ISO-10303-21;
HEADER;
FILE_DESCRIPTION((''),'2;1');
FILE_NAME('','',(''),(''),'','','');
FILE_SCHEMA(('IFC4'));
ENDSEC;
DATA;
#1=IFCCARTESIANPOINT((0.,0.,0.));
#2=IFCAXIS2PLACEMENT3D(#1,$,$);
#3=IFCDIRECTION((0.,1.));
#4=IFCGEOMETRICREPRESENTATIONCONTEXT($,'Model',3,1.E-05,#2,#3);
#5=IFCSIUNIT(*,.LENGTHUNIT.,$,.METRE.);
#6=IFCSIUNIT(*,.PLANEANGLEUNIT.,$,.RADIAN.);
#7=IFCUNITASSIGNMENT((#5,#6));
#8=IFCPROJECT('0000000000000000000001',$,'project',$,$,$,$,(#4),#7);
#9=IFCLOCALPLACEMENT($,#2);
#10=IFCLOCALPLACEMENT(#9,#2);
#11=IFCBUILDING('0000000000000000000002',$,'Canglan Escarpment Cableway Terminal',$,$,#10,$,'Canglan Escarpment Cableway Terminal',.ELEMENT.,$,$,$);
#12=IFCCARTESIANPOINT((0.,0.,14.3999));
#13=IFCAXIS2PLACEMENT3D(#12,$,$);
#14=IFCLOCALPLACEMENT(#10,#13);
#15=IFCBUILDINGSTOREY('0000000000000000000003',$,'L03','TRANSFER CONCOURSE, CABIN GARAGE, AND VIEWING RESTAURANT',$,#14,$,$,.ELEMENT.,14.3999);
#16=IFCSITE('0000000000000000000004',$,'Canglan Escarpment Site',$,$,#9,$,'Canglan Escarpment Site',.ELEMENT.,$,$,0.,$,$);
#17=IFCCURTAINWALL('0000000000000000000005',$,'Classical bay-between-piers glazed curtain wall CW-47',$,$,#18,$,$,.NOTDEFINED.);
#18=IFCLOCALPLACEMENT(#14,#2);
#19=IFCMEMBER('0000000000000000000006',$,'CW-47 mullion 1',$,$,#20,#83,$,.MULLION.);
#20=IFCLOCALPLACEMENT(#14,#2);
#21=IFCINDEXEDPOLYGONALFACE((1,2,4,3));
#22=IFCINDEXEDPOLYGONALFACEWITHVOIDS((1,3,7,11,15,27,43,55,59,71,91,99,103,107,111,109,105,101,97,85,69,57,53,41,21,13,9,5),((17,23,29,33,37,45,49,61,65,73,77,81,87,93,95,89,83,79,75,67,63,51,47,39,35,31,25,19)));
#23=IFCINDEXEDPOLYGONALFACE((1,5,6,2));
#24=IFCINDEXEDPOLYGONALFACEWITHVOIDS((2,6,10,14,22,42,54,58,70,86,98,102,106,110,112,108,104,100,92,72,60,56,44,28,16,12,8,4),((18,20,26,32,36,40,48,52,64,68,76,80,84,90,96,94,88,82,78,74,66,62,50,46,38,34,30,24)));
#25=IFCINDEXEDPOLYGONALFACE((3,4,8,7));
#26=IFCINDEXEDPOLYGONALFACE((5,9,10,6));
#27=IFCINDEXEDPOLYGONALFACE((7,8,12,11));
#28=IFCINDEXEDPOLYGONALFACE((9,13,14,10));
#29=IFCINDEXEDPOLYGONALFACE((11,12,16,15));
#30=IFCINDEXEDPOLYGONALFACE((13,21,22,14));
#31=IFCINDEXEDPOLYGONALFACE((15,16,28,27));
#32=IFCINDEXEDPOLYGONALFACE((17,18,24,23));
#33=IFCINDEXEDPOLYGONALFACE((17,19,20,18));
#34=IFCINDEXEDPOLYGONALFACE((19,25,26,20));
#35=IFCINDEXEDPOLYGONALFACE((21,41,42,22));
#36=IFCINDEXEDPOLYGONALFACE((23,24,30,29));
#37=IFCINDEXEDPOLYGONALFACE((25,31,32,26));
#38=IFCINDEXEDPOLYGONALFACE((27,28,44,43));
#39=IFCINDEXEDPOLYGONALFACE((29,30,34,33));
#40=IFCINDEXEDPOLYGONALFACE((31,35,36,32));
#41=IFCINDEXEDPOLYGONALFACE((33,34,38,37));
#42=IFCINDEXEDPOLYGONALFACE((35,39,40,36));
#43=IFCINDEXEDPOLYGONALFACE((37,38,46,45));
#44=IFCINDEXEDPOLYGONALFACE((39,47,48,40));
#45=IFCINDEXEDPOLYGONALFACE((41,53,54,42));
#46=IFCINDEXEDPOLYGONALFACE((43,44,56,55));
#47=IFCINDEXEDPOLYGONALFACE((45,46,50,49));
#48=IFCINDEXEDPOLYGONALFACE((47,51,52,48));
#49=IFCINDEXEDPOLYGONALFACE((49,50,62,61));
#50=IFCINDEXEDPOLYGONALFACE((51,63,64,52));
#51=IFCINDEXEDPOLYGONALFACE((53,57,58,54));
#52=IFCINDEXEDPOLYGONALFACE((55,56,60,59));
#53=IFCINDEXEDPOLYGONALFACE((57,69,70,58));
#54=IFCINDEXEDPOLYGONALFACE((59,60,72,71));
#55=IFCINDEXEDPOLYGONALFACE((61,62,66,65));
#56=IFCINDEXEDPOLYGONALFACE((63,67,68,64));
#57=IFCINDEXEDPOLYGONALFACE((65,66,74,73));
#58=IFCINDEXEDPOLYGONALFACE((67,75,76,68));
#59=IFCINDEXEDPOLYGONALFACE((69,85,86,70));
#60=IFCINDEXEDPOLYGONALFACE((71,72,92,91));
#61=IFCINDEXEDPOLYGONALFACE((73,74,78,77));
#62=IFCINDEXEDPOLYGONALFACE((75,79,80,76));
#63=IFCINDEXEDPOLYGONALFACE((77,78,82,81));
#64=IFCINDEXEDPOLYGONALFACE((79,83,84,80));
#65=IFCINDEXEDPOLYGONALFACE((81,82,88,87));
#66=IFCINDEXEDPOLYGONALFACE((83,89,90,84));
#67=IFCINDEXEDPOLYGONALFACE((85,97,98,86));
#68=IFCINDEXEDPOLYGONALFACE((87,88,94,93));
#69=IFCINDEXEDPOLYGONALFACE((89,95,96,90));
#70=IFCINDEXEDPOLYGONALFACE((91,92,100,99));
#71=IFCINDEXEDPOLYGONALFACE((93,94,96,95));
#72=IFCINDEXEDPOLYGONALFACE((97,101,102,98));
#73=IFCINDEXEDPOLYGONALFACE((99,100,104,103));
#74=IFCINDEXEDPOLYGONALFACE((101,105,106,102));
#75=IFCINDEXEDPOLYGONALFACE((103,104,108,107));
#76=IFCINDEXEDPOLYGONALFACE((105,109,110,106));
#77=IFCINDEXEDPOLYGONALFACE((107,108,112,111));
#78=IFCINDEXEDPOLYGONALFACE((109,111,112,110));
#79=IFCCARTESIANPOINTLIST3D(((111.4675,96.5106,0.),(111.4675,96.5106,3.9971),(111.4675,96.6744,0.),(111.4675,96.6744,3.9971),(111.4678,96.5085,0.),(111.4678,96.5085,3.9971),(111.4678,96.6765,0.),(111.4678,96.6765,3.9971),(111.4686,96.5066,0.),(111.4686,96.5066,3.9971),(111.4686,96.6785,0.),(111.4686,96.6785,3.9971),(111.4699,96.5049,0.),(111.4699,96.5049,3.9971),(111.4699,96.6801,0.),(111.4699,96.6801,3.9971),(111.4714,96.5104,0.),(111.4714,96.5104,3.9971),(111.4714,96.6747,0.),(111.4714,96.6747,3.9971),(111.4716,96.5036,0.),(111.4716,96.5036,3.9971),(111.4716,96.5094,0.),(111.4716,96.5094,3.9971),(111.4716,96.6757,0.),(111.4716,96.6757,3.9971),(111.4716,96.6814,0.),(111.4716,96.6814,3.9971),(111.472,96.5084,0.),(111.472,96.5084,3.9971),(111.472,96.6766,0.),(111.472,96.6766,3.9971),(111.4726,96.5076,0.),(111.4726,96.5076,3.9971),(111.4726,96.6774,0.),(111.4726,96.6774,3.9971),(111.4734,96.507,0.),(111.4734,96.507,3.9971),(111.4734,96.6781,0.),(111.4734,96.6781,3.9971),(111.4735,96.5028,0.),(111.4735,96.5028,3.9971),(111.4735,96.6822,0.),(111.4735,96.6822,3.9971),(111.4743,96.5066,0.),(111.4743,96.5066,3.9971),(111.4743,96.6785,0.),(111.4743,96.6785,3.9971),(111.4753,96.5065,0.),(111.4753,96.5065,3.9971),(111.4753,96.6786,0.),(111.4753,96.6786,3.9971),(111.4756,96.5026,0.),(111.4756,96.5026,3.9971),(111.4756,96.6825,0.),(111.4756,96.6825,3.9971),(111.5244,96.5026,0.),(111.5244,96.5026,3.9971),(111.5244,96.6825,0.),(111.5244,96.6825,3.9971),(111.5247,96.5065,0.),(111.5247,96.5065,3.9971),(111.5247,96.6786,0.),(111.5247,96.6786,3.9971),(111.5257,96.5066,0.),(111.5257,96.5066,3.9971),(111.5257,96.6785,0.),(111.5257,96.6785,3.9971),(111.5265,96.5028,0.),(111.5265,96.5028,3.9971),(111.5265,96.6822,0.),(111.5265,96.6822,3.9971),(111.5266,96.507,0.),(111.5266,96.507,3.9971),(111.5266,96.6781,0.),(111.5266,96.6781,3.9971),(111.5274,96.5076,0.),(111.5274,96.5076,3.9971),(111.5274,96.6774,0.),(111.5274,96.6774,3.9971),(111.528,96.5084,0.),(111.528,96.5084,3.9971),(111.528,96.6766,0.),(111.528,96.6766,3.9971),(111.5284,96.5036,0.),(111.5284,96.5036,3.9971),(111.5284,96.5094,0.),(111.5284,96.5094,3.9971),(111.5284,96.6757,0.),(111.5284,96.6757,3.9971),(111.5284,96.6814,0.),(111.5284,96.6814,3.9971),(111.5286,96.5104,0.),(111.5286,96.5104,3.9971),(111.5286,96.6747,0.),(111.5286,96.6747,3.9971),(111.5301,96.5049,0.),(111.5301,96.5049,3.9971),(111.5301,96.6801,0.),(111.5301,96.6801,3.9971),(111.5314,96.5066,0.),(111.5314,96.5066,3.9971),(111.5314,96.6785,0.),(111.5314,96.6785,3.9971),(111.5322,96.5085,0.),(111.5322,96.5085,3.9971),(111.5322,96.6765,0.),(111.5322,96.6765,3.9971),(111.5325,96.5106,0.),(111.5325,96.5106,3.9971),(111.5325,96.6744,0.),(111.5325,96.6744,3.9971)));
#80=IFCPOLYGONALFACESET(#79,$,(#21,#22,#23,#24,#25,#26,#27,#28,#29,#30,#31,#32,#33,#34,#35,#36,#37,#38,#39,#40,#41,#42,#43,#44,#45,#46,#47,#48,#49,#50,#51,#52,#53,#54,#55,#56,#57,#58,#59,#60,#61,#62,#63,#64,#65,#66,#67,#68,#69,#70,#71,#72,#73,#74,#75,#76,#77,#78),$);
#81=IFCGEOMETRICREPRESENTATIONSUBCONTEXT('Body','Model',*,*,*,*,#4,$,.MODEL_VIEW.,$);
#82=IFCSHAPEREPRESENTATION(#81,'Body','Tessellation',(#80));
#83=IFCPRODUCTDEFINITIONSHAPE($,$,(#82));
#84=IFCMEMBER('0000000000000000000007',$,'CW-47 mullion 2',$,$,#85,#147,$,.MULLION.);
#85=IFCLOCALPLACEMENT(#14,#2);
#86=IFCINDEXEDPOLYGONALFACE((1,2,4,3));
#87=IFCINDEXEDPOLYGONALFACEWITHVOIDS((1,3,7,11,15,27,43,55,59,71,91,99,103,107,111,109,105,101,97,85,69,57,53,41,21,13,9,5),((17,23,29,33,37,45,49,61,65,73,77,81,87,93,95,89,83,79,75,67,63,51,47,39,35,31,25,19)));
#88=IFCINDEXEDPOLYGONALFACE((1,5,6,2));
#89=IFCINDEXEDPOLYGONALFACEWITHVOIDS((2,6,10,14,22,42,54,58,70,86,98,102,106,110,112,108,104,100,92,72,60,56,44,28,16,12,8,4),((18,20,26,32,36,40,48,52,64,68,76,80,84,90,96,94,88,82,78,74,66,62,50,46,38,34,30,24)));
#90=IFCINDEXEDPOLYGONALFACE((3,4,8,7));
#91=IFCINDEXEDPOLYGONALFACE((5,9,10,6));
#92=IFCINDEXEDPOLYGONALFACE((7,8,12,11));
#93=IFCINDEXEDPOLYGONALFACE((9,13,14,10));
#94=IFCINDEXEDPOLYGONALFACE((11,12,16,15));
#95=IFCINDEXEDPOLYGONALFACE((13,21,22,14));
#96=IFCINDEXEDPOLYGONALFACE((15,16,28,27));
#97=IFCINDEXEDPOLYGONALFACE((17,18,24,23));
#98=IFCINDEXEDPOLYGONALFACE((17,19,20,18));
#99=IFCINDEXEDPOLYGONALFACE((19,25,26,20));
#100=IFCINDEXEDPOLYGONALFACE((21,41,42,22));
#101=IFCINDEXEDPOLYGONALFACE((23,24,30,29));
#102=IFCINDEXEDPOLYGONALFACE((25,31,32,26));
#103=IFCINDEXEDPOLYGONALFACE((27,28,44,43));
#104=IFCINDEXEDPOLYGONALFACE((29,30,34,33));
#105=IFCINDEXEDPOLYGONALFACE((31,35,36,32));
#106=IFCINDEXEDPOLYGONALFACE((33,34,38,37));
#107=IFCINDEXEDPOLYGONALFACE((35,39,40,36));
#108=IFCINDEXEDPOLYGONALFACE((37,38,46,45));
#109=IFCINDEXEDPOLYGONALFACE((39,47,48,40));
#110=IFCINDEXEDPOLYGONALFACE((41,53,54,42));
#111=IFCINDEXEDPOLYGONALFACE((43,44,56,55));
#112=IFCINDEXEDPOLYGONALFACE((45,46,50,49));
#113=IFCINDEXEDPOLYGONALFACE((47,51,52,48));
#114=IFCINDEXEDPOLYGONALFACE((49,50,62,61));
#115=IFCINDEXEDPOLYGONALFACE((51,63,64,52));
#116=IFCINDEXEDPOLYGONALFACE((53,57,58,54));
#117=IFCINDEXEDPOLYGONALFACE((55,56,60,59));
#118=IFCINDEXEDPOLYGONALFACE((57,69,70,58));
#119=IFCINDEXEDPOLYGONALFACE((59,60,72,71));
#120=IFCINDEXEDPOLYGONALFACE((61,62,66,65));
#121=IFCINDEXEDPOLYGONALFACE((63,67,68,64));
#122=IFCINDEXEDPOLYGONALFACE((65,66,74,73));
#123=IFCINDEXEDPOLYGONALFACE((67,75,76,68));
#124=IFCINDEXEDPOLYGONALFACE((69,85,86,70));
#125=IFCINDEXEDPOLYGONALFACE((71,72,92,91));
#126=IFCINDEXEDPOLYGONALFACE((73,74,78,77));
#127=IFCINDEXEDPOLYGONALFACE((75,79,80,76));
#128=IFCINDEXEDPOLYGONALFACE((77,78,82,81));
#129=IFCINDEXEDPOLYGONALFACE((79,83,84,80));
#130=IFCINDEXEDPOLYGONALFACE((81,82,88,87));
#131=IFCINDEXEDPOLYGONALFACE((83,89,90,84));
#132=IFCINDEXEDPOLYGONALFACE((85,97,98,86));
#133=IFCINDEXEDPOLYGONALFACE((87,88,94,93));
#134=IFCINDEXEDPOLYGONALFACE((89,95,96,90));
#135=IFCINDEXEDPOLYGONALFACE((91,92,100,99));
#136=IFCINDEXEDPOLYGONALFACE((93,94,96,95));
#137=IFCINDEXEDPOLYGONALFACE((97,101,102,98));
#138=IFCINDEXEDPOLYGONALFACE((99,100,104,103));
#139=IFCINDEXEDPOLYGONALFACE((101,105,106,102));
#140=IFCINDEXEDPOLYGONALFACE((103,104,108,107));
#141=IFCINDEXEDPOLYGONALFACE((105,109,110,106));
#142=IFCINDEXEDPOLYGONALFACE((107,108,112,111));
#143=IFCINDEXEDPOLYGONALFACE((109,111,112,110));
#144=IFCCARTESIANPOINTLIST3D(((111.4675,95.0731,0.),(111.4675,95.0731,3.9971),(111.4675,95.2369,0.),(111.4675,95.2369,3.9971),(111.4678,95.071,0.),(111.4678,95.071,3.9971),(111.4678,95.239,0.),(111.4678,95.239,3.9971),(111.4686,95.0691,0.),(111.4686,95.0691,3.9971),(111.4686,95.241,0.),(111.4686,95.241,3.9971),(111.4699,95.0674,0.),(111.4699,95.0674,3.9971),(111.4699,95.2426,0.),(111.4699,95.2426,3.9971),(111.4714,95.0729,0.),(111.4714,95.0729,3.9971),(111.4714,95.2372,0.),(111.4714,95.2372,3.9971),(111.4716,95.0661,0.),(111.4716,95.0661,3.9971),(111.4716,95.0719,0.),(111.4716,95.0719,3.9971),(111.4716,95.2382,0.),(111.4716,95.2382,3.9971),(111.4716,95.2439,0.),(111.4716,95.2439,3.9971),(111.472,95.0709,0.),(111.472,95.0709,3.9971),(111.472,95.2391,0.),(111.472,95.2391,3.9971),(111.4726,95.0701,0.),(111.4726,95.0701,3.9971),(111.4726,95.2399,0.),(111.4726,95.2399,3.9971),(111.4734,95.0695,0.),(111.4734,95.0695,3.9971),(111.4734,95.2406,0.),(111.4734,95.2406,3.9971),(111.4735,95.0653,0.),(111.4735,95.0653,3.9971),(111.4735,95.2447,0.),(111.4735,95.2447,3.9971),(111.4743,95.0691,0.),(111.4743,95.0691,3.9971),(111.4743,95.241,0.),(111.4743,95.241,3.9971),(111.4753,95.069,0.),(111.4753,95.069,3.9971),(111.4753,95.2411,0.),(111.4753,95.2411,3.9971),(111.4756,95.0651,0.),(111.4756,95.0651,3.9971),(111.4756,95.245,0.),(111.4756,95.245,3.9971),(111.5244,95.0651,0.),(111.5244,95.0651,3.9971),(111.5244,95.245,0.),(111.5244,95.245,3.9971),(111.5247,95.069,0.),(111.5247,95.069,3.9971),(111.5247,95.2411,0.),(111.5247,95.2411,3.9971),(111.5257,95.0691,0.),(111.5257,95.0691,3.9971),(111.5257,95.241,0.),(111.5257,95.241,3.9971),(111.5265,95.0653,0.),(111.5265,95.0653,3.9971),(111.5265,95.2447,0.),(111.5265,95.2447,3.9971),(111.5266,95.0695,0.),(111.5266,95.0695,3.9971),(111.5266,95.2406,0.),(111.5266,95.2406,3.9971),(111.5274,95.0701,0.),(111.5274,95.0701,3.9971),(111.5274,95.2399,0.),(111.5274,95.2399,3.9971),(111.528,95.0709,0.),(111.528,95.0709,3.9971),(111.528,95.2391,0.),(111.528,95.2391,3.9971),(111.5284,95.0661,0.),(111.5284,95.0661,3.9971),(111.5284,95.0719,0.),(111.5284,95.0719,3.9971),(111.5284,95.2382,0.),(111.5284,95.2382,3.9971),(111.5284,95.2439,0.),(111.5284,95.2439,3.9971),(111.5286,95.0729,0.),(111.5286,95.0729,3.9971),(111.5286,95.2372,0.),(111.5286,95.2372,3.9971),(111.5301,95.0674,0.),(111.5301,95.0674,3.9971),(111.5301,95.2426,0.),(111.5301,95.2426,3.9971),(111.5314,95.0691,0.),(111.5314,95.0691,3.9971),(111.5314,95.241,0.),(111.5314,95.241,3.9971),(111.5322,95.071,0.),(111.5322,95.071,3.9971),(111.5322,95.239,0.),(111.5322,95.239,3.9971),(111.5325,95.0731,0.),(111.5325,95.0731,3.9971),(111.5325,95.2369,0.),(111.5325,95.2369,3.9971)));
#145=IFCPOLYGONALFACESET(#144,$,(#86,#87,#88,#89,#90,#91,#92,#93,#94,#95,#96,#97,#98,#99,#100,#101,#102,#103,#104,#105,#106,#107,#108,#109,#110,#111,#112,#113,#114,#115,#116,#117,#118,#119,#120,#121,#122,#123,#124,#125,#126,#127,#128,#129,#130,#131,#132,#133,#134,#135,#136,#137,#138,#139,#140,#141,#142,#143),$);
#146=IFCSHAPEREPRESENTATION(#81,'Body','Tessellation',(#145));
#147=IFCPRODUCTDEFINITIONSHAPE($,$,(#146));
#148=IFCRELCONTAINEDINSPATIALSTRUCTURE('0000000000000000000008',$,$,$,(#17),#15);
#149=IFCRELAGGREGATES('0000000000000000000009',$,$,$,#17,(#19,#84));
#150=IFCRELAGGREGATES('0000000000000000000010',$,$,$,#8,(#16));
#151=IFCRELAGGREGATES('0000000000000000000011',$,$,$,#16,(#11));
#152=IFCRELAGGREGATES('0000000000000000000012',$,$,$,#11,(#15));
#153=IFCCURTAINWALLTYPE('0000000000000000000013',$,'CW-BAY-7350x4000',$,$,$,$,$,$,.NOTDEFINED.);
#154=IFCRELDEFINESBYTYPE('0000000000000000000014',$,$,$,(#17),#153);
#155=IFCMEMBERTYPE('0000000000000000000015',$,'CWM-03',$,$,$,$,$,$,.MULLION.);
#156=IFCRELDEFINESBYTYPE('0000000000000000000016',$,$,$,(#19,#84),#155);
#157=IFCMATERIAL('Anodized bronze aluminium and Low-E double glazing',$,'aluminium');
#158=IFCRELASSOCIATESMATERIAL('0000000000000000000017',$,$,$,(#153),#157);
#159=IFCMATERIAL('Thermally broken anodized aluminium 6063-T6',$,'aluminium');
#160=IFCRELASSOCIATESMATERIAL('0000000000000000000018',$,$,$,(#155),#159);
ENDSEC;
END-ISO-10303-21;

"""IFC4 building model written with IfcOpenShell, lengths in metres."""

from ifc_helpers import new_model, si_unit, direction, frame, origin, origin_2d, place, context, subcontext, project, spatial, hollow_rectangle, extrude, material, material_profile, profile_set, type_object, element, aggregate, save


model = new_model("IFC4")

# Units and contexts
model_context = context("Model", 3, precision=1e-05, world=origin(), true_north=direction((0.0, 1.0)))
body_context = subcontext(model_context, "Body", "Model", "MODEL_VIEW")
ifc_project = project(units=[si_unit("LENGTHUNIT", "METRE"), si_unit("PLANEANGLEUNIT", "RADIAN")], contexts=[model_context])

# Site, building, storey
site_placement = place(None, origin())
site = spatial("IfcSite", under=ifc_project, at=site_placement, Name="Canglan Escarpment Site", LongName="Canglan Escarpment Site", CompositionType="ELEMENT", RefElevation=0.0)
building_placement = place(site_placement, origin())
building = spatial("IfcBuilding", under=site, at=building_placement, Name="Canglan Escarpment Cableway Terminal", LongName="Canglan Escarpment Cableway Terminal", CompositionType="ELEMENT")
storey_placement = place(building_placement, frame((0.0, 0.0, 14.3999)))
storey = spatial("IfcBuildingStorey", under=building, at=storey_placement, Name="L03", Description="TRANSFER CONCOURSE, CABIN GARAGE, AND VIEWING RESTAURANT", CompositionType="ELEMENT", Elevation=14.3999)

# Shared definitions
ifc_material_1 = material(Name="Anodized bronze aluminium and Low-E double glazing", Category="aluminium")
ifc_material_2 = material(Name="Thermally broken anodized aluminium 6063-T6", Category="aluminium")

# Curtain wall, members
curtain_wall_type_1 = type_object("IfcCurtainWallType", Name="CW-BAY-7350x4000", PredefinedType="NOTDEFINED", material=ifc_material_1)
curtain_wall_1_placement = place(storey_placement, origin())
curtain_wall_1 = element("IfcCurtainWall", 1, at=curtain_wall_1_placement, inside=storey, type_object=curtain_wall_type_1, Name="Classical bay-between-piers glazed curtain wall CW-47", PredefinedType="NOTDEFINED")
ifc_material_profile_1 = material_profile(ifc_material_2, hollow_rectangle(XDim=0.0649, YDim=0.1799, WallThickness=0.0039, InnerFilletRadius=0.0039, OuterFilletRadius=0.0081, at=origin_2d()), Name="ALU-MULL 65x180x4")
ifc_profile_set_1 = profile_set([ifc_material_profile_1], Name="Thermally broken anodized aluminium 6063-T6")
member_type_1 = type_object("IfcMemberType", Name="CWM-03", PredefinedType="MULLION", material=ifc_profile_set_1)
member_1_placement = place(storey_placement, frame((111.5, 96.5925, 0.0), z_axis=(0.0, 0.0, 1.0), x_axis=(1.0, 0.0, 0.0)))
member_1 = element("IfcMember", 2, at=member_1_placement, type_object=member_type_1, Name="CW-47 mullion 1", PredefinedType="MULLION", context=body_context, shape_type="SweptSolid", body=[
    extrude(hollow_rectangle(XDim=0.0649, YDim=0.1799, WallThickness=0.0039, InnerFilletRadius=0.0039, OuterFilletRadius=0.0081, at=origin_2d()), origin(), (0.0, 0.0, 1.0), 3.9971),
])
member_2_placement = place(storey_placement, frame((111.5, 95.155, 0.0), z_axis=(0.0, 0.0, 1.0), x_axis=(1.0, 0.0, 0.0)))
member_2 = element("IfcMember", 3, at=member_2_placement, type_object=member_type_1, Name="CW-47 mullion 2", PredefinedType="MULLION", context=body_context, shape_type="SweptSolid", body=[
    extrude(hollow_rectangle(XDim=0.0649, YDim=0.1799, WallThickness=0.0039, InnerFilletRadius=0.0039, OuterFilletRadius=0.0081, at=origin_2d()), origin(), (0.0, 0.0, 1.0), 3.9971),
])

aggregate(curtain_wall_1, [member_1, member_2])

save(model, "model.ifc")
